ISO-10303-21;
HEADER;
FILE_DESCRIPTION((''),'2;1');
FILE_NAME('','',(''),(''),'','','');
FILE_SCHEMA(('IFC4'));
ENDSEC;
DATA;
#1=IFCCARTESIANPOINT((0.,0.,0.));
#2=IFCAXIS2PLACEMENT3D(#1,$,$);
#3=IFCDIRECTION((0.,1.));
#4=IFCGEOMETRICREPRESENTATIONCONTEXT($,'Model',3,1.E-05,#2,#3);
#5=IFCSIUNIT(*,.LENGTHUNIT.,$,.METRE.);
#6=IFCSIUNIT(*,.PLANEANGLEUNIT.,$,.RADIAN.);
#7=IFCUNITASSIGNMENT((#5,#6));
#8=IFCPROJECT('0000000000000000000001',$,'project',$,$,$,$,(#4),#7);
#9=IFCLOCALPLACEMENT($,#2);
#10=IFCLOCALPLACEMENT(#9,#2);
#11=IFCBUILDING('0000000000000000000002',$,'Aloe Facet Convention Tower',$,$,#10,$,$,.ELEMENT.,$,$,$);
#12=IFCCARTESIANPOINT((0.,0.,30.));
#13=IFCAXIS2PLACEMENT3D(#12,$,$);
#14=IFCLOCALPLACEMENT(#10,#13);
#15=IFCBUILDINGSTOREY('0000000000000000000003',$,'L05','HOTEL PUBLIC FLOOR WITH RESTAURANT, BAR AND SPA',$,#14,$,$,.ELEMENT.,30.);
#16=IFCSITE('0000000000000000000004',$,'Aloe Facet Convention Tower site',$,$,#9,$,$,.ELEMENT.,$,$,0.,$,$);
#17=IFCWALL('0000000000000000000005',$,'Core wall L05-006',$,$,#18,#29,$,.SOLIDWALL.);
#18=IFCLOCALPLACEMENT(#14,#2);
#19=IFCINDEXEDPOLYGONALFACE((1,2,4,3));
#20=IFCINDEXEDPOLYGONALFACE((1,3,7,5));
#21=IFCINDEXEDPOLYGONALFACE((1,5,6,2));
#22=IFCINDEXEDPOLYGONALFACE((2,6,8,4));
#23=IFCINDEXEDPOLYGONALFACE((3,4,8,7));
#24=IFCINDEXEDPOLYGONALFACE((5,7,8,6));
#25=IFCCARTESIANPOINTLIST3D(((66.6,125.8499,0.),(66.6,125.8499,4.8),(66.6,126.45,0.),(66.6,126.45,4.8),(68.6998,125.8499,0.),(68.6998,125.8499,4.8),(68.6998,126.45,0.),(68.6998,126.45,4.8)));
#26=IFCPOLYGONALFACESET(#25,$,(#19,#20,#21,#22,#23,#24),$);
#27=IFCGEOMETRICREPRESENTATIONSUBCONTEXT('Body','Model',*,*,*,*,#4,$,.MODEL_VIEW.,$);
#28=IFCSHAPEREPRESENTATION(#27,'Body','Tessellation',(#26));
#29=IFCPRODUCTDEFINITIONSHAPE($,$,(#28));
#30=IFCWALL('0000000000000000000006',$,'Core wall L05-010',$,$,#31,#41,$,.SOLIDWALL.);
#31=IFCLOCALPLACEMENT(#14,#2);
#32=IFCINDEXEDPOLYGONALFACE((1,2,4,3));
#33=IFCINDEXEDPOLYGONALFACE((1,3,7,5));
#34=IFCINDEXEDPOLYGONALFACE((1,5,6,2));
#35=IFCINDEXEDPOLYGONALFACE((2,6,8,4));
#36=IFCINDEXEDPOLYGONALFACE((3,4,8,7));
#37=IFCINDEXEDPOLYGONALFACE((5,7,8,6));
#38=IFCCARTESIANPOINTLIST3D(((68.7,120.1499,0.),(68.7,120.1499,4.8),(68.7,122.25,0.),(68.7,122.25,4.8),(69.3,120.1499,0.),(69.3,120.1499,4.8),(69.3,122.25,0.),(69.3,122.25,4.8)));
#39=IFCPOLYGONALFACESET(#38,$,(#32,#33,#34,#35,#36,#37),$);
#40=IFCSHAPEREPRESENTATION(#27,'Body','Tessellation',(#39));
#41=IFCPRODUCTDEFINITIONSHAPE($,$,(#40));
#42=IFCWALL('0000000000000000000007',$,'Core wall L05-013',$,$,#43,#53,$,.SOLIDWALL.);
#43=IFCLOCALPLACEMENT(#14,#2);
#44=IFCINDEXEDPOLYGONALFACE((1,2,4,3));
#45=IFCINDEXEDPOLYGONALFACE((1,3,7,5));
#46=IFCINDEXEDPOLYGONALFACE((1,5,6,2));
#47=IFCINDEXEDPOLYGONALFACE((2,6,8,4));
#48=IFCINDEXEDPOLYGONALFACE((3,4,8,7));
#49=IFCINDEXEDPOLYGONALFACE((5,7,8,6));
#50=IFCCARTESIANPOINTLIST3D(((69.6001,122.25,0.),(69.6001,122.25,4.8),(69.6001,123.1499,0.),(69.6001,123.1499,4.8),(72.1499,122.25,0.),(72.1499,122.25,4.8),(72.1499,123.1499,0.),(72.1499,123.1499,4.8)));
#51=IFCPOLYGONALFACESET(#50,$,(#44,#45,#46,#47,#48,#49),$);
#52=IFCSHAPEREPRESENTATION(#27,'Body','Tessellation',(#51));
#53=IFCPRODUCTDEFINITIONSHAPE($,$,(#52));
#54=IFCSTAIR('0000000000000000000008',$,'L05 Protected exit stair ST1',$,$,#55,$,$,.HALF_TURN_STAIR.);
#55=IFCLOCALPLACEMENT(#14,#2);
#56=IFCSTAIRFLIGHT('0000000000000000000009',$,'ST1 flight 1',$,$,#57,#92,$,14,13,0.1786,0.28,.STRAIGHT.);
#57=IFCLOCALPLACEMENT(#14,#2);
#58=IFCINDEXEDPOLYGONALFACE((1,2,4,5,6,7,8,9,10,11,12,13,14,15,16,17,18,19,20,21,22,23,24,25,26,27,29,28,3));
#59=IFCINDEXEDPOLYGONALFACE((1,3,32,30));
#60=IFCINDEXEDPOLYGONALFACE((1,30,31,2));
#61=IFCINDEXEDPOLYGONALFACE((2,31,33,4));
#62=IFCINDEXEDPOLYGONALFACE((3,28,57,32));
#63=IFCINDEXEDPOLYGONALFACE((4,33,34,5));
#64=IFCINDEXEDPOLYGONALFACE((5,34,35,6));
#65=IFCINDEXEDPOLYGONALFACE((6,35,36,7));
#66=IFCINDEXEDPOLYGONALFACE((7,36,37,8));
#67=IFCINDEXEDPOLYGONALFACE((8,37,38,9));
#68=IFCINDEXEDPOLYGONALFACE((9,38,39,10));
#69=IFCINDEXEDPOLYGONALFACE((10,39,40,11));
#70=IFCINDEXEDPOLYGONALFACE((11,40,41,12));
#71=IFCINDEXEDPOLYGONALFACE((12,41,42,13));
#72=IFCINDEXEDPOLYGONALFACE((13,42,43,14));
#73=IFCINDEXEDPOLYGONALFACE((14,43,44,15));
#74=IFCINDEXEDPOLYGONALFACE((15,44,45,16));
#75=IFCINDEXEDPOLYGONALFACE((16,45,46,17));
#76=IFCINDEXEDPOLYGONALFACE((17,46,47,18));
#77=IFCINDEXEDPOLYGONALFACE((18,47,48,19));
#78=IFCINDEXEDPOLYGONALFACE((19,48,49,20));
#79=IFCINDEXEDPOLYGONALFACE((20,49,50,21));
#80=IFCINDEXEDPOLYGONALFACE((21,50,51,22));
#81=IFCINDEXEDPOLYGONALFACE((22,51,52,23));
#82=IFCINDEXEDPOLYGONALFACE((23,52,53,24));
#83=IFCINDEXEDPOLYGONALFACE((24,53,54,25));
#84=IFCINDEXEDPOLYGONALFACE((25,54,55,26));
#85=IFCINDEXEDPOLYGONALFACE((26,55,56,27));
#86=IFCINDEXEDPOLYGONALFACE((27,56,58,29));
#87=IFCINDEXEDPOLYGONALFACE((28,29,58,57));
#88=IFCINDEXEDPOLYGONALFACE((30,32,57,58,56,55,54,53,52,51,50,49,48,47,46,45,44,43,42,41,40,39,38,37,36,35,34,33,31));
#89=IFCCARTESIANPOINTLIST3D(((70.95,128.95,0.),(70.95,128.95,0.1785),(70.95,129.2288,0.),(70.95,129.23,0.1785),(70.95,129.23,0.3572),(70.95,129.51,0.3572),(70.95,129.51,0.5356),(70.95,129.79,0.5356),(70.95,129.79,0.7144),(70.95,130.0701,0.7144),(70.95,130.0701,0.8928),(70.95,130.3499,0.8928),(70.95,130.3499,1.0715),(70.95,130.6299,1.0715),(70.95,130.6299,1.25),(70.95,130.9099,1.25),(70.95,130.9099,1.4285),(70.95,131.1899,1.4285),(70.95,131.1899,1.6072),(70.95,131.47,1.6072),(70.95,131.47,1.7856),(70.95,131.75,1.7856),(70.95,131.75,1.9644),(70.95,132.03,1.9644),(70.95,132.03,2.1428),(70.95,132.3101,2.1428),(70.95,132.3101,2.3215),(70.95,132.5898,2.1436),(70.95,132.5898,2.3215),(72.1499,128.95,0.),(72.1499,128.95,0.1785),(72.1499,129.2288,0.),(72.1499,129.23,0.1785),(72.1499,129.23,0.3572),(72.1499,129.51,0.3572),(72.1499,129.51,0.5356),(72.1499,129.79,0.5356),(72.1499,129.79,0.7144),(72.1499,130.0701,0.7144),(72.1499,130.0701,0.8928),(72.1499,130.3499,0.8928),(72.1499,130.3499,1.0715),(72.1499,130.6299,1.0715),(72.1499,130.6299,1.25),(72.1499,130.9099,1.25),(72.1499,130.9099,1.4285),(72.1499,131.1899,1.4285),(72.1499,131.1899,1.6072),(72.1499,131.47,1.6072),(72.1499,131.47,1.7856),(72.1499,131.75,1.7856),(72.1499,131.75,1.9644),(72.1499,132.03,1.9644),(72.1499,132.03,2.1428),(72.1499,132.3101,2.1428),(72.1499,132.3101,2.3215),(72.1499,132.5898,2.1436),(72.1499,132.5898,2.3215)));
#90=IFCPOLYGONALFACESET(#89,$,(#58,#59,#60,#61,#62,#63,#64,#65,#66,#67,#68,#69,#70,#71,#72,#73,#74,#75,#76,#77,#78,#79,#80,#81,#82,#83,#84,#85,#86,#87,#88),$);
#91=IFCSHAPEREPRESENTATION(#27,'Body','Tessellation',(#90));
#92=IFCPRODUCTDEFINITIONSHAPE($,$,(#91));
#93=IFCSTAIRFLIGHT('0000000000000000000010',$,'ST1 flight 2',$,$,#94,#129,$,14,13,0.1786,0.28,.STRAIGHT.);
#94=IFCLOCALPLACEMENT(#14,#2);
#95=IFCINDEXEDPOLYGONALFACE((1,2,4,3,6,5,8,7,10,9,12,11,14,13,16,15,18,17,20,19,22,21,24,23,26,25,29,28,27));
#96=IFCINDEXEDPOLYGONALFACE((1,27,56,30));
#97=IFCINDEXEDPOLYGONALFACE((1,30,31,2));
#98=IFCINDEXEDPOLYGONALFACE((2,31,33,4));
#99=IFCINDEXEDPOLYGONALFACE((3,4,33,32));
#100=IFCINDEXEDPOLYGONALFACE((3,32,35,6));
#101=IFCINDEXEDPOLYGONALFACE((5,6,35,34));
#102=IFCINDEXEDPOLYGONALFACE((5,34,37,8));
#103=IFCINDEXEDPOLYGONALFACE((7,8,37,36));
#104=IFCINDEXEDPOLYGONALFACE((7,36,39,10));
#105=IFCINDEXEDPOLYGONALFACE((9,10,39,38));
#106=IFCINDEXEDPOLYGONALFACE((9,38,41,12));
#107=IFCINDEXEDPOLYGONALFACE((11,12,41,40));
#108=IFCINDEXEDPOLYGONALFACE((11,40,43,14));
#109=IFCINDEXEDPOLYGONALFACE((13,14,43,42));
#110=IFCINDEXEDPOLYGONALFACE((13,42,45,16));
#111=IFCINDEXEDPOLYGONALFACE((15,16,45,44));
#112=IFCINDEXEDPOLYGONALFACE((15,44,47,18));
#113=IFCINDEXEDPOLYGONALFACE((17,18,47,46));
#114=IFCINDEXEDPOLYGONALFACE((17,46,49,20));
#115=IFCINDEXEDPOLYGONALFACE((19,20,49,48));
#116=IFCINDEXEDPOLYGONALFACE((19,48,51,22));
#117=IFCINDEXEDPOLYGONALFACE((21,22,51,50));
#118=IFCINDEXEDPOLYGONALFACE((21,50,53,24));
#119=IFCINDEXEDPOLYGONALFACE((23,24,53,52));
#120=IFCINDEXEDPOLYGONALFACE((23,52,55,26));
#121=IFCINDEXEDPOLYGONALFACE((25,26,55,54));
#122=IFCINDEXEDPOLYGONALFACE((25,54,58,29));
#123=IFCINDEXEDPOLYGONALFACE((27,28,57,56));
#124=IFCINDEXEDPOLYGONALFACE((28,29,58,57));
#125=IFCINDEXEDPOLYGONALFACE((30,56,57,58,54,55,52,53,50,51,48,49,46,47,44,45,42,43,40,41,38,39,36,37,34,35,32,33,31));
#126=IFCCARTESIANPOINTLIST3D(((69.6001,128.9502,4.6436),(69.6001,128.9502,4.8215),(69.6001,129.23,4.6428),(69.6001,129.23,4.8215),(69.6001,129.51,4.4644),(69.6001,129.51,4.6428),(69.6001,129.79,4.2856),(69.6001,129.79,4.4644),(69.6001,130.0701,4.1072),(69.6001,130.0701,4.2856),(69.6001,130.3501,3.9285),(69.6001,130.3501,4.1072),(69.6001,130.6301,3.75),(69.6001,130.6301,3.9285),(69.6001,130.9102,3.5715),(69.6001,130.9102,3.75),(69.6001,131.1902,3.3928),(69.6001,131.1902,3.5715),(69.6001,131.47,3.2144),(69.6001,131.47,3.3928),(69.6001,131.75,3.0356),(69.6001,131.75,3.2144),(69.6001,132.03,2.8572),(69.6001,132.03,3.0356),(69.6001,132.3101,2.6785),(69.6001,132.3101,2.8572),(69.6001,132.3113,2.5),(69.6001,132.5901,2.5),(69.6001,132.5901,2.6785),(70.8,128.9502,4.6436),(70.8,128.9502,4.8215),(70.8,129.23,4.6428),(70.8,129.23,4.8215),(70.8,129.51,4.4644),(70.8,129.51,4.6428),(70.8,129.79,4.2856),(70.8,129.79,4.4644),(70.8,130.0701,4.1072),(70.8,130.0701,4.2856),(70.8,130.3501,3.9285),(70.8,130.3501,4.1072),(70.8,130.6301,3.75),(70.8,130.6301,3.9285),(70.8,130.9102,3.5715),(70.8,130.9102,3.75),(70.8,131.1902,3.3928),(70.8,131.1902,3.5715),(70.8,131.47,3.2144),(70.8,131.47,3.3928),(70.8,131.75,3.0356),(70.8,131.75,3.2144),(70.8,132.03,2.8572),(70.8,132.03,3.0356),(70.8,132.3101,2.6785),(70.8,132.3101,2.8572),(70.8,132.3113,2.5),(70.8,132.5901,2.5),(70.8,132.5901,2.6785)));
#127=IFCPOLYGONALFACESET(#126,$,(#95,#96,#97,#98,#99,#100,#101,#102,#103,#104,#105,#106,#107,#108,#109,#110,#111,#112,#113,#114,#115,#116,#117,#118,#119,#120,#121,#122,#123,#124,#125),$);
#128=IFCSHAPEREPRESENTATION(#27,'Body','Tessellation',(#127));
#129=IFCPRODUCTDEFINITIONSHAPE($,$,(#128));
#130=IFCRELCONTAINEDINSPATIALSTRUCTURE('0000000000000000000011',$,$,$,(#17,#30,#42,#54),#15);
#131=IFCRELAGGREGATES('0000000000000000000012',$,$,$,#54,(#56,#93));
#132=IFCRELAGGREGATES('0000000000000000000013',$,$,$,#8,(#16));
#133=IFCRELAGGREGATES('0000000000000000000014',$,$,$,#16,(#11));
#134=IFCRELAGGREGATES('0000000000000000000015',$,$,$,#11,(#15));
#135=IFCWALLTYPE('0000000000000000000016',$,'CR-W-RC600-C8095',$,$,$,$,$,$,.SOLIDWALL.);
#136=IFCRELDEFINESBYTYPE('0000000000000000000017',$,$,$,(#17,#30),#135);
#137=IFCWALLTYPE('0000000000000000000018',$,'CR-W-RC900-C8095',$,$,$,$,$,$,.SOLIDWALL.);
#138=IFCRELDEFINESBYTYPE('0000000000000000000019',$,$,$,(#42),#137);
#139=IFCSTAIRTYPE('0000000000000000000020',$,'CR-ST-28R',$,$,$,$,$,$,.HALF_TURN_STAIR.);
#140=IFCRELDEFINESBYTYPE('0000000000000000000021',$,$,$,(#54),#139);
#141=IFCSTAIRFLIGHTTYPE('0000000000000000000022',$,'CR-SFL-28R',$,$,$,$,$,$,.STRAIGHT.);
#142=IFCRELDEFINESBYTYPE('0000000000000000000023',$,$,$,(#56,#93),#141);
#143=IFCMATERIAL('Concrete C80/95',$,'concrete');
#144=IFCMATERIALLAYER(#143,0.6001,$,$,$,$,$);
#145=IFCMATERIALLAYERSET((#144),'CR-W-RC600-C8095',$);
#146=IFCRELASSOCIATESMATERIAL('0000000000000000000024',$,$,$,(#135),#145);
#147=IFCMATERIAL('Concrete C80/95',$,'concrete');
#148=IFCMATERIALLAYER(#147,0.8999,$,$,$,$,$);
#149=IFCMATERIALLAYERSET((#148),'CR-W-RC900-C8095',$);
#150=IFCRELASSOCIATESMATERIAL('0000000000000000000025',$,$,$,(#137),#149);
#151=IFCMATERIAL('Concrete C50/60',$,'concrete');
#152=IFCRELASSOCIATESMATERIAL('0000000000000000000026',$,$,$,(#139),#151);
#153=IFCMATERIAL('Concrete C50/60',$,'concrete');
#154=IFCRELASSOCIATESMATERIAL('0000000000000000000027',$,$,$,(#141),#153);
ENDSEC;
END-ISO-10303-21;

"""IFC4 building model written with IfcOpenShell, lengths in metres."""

from ifc_helpers import new_model, si_unit, direction, frame, frame_2d, origin, place, context, subcontext, project, spatial, polyline, rectangle, outline, extrude, material, layer, layer_set, type_object, element, aggregate, save


model = new_model("IFC4")

# Units and contexts
model_context = context("Model", 3, precision=1e-05, world=origin(), true_north=direction((0.0, 1.0)))
body_context = subcontext(model_context, "Body", "Model", "MODEL_VIEW")
ifc_project = project(units=[si_unit("LENGTHUNIT", "METRE"), si_unit("PLANEANGLEUNIT", "RADIAN")], contexts=[model_context])

# Site, building, storey
site_placement = place(None, origin())
site = spatial("IfcSite", under=ifc_project, at=site_placement, Name="Aloe Facet Convention Tower site", CompositionType="ELEMENT", RefElevation=0.0)
building_placement = place(site_placement, origin())
building = spatial("IfcBuilding", under=site, at=building_placement, Name="Aloe Facet Convention Tower", CompositionType="ELEMENT")
storey_placement = place(building_placement, frame((0.0, 0.0, 30.0)))
storey = spatial("IfcBuildingStorey", under=building, at=storey_placement, Name="L05", Description="HOTEL PUBLIC FLOOR WITH RESTAURANT, BAR AND SPA", CompositionType="ELEMENT", Elevation=30.0)

# Shared definitions
ifc_material_1 = material(Name="Concrete C80/95", Category="concrete")
ifc_layer_1 = layer(ifc_material_1, 0.6001)
ifc_layer_set_1 = layer_set([ifc_layer_1], Name="CR-W-RC600-C8095")
wall_type_1 = type_object("IfcWallType", Name="CR-W-RC600-C8095", PredefinedType="SOLIDWALL", material=ifc_layer_set_1)

# Walls
wall_1_placement = place(storey_placement, frame((66.6001, 126.1499, 0.0), z_axis=(0.0, 0.0, 1.0), x_axis=(1.0, 0.0, 0.0)))
element("IfcWall", 1, at=wall_1_placement, inside=storey, type_object=wall_type_1, Name="Core wall L05-006", PredefinedType="SOLIDWALL", context=body_context, shape_type="SweptSolid", body=[
    extrude(rectangle(XDim=2.0999, YDim=0.6001, at=frame_2d((1.0498, 0.0))), origin(), (0.0, 0.0, 1.0), 4.8),
])
wall_2_placement = place(storey_placement, frame((69.0, 122.25, 0.0), z_axis=(0.0, 0.0, 1.0), x_axis=(0.0, -1.0, 0.0)))
element("IfcWall", 2, at=wall_2_placement, inside=storey, type_object=wall_type_1, Name="Core wall L05-010", PredefinedType="SOLIDWALL", context=body_context, shape_type="SweptSolid", body=[
    extrude(rectangle(XDim=2.1001, YDim=0.6001, at=frame_2d((1.05, 0.0))), origin(), (0.0, 0.0, 1.0), 4.8),
])
ifc_material_2 = material(Name="Concrete C80/95", Category="concrete")
ifc_layer_2 = layer(ifc_material_2, 0.8999)
ifc_layer_set_2 = layer_set([ifc_layer_2], Name="CR-W-RC900-C8095")
wall_type_2 = type_object("IfcWallType", Name="CR-W-RC900-C8095", PredefinedType="SOLIDWALL", material=ifc_layer_set_2)
wall_3_placement = place(storey_placement, frame((69.6001, 122.7, 0.0), z_axis=(0.0, 0.0, 1.0), x_axis=(1.0, 0.0, 0.0)))
element("IfcWall", 3, at=wall_3_placement, inside=storey, type_object=wall_type_2, Name="Core wall L05-013", PredefinedType="SOLIDWALL", context=body_context, shape_type="SweptSolid", body=[
    extrude(rectangle(XDim=2.5498, YDim=0.8999, at=frame_2d((1.2749, 0.0))), origin(), (0.0, 0.0, 1.0), 4.8),
])

# Stair, stair flights
ifc_material_3 = material(Name="Concrete C50/60", Category="concrete")
stair_type = type_object("IfcStairType", Name="CR-ST-28R", PredefinedType="HALF_TURN_STAIR", material=ifc_material_3)
stair_placement = place(storey_placement, origin())
stair = element("IfcStair", 4, at=stair_placement, inside=storey, type_object=stair_type, Name="L05 Protected exit stair ST1", PredefinedType="HALF_TURN_STAIR")
ifc_material_4 = material(Name="Concrete C50/60", Category="concrete")
stair_flight_type = type_object("IfcStairFlightType", Name="CR-SFL-28R", PredefinedType="STRAIGHT", material=ifc_material_4)
stair_flight_1_placement = place(storey_placement, frame((71.55, 128.95, 0.0), z_axis=(0.0, 0.0, 1.0), x_axis=(0.0, 1.0, 0.0)))
stair_flight_1 = element("IfcStairFlight", 5, at=stair_flight_1_placement, type_object=stair_flight_type, Name="ST1 flight 1", NumberOfRisers=14, NumberOfTreads=13, PredefinedType="STRAIGHT", RiserHeight=0.1786, TreadLength=0.28, context=body_context, shape_type="SweptSolid", body=[
    extrude(outline(polyline([(0.0, 0.0), (0.0, 0.1785), (0.28, 0.1785), (0.28, 0.3572), (0.5601, 0.3572), (0.5601, 0.5356), (0.8401, 0.5356), (0.8401, 0.7144), (1.1201, 0.7144), (1.1201, 0.8928), (1.3999, 0.8928), (1.3999, 1.0715), (1.6799, 1.0715), (1.6799, 1.25), (1.96, 1.25), (1.96, 1.4285), (2.24, 1.4285), (2.24, 1.6072), (2.52, 1.6072), (2.52, 1.7856), (2.8, 1.7856), (2.8, 1.9644), (3.0801, 1.9644), (3.0801, 2.1428), (3.3601, 2.1428), (3.3601, 2.3215), (3.6399, 2.3215), (3.6399, 2.5), (3.6399, 2.1436), (0.2788, 0.0), (0.0, 0.0)])), frame((0.0, 0.6001, 0.0), z_axis=(0.0, -1.0, 0.0), x_axis=(1.0, 0.0, 0.0)), (0.0, 0.0, 1.0), 1.2),
])
stair_flight_2_placement = place(storey_placement, frame((70.2, 132.5901, 2.5), z_axis=(0.0, 0.0, 1.0), x_axis=(0.0, -1.0, 0.0)))
stair_flight_2 = element("IfcStairFlight", 6, at=stair_flight_2_placement, type_object=stair_flight_type, Name="ST1 flight 2", NumberOfRisers=14, NumberOfTreads=13, PredefinedType="STRAIGHT", RiserHeight=0.1786, TreadLength=0.28, context=body_context, shape_type="SweptSolid", body=[
    extrude(outline(polyline([(0.0, 0.0), (0.0, 0.1785), (0.28, 0.1785), (0.28, 0.3572), (0.5601, 0.3572), (0.5601, 0.5356), (0.8401, 0.5356), (0.8401, 0.7144), (1.1201, 0.7144), (1.1201, 0.8928), (1.3999, 0.8928), (1.3999, 1.0715), (1.6799, 1.0715), (1.6799, 1.25), (1.96, 1.25), (1.96, 1.4285), (2.24, 1.4285), (2.24, 1.6072), (2.52, 1.6072), (2.52, 1.7856), (2.8, 1.7856), (2.8, 1.9644), (3.0801, 1.9644), (3.0801, 2.1428), (3.3601, 2.1428), (3.3601, 2.3215), (3.6399, 2.3215), (3.6399, 2.5), (3.6399, 2.1436), (0.2788, 0.0), (0.0, 0.0)])), frame((0.0, 0.6001, 0.0), z_axis=(0.0, -1.0, 0.0), x_axis=(1.0, 0.0, 0.0)), (0.0, 0.0, 1.0), 1.2),
])
aggregate(stair, [stair_flight_1, stair_flight_2])

save(model, "model.ifc")
